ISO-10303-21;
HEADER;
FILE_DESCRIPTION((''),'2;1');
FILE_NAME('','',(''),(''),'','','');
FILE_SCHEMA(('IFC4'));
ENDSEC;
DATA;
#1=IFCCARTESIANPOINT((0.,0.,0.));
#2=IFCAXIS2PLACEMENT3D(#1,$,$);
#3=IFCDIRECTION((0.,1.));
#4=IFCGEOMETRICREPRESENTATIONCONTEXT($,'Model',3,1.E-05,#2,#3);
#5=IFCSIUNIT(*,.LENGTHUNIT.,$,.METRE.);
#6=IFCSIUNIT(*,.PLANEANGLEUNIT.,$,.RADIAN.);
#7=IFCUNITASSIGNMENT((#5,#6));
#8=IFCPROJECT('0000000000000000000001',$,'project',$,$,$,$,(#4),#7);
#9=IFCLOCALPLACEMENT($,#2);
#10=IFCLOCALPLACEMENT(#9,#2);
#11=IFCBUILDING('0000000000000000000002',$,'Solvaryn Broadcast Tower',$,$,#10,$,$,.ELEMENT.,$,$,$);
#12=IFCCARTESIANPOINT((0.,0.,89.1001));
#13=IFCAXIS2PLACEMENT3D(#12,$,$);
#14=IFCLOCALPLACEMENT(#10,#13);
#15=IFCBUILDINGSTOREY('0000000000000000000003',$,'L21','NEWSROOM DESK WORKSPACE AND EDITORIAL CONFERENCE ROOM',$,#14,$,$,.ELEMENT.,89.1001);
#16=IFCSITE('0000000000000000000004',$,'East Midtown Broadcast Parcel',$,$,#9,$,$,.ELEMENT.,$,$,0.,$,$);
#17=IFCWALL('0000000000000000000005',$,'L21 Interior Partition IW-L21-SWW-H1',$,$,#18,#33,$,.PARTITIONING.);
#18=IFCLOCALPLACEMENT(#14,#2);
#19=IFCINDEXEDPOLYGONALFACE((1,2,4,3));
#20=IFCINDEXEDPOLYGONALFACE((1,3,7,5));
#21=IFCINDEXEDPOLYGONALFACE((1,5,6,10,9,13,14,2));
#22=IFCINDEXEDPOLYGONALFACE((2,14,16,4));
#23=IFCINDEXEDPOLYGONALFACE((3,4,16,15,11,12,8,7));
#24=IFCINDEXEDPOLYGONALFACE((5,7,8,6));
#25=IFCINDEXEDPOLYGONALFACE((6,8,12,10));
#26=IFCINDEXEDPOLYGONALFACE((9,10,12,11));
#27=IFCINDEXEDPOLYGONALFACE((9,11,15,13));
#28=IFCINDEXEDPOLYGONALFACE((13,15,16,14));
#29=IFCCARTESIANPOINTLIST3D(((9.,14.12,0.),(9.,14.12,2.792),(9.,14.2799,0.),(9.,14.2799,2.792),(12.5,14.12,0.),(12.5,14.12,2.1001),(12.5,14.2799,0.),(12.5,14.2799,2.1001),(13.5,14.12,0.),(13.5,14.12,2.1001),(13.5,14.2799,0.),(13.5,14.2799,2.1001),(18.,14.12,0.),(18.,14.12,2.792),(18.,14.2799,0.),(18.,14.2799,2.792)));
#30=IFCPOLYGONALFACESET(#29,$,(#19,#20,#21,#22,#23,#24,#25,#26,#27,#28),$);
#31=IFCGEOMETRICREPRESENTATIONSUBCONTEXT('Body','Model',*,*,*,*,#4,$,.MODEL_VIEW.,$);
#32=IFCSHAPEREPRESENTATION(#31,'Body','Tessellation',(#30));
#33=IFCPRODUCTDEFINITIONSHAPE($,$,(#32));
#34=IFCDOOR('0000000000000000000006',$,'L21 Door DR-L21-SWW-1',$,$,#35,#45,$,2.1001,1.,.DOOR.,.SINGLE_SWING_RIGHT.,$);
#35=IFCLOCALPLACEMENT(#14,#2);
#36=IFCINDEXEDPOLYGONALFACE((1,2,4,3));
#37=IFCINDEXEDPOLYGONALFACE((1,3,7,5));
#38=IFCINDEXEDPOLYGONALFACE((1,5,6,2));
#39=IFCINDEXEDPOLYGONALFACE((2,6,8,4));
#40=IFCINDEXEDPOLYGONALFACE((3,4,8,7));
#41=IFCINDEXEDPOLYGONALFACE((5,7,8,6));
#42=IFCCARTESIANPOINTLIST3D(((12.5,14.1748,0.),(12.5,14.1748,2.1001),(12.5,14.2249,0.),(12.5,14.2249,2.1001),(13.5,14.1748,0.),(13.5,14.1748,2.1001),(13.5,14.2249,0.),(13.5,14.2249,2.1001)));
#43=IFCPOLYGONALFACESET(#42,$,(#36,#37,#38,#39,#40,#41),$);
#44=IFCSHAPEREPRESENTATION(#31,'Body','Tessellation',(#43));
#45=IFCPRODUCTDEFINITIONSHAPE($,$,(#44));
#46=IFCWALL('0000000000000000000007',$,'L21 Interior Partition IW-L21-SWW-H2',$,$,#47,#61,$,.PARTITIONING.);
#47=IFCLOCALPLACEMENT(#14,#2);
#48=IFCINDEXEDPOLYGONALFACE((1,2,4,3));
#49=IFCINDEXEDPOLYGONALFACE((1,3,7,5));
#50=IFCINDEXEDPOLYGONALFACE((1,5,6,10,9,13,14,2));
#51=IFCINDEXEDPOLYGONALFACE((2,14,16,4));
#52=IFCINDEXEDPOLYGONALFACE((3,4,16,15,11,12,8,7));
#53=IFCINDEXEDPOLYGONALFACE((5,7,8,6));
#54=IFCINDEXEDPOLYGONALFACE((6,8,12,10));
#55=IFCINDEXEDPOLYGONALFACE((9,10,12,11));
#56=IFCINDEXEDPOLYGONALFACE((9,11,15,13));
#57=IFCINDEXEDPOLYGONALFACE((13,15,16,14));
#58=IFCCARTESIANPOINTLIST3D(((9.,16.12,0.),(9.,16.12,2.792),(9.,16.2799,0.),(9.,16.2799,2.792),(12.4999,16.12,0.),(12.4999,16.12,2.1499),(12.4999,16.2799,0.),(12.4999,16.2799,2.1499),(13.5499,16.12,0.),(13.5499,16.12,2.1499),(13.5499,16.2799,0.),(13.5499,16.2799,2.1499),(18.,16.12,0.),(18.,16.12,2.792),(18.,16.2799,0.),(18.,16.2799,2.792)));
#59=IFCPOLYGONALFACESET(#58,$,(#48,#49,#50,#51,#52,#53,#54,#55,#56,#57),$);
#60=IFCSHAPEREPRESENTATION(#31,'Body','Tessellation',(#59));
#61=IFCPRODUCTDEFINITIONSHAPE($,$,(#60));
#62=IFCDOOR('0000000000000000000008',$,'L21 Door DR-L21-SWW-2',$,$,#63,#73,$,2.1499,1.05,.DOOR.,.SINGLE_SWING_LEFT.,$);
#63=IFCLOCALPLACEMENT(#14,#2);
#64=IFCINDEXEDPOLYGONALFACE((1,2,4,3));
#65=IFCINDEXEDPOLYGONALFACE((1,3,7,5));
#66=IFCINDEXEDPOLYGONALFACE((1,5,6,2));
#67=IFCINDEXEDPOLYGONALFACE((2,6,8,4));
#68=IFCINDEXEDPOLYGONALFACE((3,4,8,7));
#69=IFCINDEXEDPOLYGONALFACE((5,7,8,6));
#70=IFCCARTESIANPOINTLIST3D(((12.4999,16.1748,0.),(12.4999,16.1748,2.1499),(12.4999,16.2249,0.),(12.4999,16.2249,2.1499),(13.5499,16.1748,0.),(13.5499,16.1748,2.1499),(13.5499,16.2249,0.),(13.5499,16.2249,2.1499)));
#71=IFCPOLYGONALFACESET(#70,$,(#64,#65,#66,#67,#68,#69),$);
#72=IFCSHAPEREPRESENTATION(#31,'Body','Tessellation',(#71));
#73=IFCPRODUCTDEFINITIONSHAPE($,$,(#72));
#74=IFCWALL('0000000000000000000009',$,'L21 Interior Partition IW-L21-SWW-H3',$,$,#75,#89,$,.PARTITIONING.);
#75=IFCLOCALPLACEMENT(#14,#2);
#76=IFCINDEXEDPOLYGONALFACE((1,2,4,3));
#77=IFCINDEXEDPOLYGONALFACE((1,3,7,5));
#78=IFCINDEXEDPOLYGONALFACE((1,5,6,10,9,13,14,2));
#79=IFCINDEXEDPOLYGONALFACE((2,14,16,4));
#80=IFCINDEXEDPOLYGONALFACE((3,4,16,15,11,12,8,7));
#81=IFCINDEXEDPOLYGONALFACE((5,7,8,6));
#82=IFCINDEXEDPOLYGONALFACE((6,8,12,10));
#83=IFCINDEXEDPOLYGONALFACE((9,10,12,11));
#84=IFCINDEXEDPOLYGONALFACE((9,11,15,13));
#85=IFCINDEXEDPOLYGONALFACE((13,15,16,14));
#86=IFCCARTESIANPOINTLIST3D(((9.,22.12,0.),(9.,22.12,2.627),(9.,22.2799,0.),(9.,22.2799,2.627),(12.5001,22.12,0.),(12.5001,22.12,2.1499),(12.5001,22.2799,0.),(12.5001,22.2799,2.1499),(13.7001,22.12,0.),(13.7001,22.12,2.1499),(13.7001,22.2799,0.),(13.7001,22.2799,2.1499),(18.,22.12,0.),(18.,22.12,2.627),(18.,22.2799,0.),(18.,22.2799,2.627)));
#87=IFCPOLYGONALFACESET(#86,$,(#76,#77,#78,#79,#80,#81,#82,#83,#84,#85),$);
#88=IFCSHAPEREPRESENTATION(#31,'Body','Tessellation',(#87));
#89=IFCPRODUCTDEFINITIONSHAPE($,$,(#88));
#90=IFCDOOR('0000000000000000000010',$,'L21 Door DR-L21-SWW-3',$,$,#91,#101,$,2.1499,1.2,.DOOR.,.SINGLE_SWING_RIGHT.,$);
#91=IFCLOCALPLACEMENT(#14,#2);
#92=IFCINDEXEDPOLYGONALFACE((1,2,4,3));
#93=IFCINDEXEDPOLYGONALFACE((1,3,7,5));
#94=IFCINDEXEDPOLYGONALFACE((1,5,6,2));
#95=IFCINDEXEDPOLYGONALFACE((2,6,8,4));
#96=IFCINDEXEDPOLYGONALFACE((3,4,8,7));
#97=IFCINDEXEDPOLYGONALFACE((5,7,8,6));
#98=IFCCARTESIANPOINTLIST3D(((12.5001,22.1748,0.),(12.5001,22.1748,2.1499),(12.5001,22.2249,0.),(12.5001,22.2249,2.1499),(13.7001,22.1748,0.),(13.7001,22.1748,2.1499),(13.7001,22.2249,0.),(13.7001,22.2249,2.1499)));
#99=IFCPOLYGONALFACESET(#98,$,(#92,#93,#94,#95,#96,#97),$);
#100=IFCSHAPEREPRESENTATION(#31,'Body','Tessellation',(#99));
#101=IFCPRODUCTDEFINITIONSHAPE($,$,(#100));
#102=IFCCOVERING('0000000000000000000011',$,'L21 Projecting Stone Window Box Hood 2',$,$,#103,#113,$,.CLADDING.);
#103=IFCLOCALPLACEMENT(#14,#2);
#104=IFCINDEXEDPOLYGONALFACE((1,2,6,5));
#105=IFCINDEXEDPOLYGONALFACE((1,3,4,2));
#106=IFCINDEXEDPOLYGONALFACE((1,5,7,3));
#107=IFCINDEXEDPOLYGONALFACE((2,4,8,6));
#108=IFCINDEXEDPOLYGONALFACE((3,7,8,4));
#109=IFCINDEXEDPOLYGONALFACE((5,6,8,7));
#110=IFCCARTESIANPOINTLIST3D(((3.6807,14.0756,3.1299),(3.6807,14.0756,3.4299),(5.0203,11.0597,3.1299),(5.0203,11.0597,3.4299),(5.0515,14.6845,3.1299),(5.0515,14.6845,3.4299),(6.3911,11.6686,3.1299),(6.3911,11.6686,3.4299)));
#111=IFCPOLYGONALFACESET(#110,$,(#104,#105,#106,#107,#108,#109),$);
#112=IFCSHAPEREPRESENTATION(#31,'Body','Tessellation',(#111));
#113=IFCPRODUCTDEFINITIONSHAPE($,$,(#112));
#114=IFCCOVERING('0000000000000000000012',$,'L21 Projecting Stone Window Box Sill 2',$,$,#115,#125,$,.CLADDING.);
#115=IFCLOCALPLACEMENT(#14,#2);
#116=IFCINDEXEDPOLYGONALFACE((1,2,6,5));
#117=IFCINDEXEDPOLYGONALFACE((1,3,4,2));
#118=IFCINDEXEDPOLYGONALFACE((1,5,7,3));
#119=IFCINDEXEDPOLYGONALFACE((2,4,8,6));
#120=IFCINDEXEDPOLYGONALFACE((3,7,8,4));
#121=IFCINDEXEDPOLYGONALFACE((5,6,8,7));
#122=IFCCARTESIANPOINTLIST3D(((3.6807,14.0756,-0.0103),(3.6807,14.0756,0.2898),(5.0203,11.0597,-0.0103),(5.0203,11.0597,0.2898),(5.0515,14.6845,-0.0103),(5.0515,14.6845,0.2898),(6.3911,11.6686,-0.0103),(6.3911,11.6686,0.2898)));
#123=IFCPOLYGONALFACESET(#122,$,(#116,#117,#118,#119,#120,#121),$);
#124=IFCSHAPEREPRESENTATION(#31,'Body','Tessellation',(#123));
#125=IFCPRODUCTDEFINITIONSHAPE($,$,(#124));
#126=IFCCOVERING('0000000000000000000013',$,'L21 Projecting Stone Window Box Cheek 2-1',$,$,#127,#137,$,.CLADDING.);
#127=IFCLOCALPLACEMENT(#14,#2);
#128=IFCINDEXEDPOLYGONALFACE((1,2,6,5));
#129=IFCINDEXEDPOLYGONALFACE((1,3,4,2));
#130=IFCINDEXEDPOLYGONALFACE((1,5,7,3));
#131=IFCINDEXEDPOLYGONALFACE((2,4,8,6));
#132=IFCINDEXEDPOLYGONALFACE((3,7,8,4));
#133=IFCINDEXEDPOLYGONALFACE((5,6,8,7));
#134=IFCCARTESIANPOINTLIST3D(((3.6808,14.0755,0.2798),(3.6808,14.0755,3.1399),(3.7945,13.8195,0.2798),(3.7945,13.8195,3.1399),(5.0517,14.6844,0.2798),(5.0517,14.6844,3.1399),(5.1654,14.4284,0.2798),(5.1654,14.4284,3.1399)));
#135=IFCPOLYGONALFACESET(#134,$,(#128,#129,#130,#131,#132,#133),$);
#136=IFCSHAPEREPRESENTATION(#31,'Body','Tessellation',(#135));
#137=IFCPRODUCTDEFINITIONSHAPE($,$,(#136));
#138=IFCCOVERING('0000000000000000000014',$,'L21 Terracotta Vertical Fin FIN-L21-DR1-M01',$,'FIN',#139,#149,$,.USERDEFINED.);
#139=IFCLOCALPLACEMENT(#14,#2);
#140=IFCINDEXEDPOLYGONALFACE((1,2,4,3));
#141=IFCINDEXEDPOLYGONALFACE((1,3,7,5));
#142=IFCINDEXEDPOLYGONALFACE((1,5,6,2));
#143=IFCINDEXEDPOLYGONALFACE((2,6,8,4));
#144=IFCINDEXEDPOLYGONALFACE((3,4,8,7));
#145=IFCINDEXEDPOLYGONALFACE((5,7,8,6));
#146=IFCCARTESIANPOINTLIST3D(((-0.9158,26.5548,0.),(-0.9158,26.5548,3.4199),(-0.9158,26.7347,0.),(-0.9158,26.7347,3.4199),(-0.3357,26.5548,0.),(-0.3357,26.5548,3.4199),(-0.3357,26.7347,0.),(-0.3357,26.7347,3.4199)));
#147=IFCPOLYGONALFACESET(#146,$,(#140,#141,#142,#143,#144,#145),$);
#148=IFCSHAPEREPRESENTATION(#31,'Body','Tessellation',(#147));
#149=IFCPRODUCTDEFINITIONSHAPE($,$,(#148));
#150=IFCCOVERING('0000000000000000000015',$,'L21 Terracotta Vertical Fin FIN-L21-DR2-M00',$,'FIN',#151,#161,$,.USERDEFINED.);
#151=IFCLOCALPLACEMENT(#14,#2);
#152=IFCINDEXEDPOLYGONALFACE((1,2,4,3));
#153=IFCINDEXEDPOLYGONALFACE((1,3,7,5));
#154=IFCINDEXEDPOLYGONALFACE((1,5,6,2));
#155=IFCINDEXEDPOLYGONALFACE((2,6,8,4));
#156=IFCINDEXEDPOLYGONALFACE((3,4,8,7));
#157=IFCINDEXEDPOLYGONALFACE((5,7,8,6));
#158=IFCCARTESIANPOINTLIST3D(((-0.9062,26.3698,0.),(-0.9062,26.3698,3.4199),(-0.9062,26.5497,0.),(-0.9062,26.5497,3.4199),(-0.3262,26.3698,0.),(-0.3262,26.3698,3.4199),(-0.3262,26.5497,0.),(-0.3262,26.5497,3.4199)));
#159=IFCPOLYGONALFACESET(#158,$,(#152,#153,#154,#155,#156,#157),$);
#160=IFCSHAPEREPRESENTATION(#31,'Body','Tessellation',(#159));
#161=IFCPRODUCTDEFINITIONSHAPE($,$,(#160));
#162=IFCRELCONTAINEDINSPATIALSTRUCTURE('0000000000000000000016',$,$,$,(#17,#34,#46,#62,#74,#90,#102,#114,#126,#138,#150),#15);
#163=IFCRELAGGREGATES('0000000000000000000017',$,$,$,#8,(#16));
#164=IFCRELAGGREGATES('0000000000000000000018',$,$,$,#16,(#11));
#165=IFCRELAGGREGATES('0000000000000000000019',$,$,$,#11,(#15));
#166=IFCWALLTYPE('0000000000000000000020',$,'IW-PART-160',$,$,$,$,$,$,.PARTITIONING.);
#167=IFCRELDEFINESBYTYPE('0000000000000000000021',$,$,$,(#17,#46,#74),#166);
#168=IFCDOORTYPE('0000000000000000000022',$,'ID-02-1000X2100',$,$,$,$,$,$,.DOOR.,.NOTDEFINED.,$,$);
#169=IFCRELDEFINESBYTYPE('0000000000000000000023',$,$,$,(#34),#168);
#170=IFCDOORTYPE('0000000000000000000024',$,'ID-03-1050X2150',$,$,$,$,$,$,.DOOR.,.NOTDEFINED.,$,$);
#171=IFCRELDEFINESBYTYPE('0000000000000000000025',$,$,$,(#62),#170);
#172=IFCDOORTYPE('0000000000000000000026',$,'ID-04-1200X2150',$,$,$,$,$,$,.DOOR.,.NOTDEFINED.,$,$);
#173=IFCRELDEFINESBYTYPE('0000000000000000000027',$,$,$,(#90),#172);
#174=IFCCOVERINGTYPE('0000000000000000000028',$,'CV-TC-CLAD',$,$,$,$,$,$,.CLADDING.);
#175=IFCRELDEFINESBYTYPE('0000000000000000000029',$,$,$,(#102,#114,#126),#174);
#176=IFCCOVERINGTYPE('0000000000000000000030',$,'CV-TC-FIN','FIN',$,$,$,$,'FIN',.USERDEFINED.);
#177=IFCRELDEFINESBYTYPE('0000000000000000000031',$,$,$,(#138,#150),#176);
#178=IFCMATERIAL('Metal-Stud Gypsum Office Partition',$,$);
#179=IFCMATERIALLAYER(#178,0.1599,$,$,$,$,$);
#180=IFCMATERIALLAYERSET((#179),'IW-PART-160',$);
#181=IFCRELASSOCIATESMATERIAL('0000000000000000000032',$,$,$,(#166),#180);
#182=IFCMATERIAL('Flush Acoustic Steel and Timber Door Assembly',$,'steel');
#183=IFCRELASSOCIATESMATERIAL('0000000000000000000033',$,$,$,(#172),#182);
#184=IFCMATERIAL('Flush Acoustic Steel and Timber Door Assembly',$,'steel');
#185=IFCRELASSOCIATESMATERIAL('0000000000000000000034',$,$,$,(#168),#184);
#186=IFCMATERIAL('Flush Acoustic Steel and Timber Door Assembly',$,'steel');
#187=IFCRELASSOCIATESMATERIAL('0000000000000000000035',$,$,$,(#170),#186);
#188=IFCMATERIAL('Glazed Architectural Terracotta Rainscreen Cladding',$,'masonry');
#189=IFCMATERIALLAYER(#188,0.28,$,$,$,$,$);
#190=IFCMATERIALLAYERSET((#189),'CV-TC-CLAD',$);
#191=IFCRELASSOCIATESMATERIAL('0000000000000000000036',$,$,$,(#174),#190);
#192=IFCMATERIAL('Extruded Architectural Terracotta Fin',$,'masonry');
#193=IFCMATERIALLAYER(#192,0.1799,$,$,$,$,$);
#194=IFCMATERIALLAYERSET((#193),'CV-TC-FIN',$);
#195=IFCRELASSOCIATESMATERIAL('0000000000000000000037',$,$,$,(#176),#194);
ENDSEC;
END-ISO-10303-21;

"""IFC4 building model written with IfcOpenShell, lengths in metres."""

from ifc_helpers import new_model, si_unit, direction, frame, frame_2d, origin, origin_2d, place, context, subcontext, project, spatial, rectangle, extrude, material, layer, layer_set, type_object, element, fill, save


model = new_model("IFC4")

# Units and contexts
model_context = context("Model", 3, precision=1e-05, world=origin(), true_north=direction((0.0, 1.0)))
body_context = subcontext(model_context, "Body", "Model", "MODEL_VIEW")
ifc_project = project(units=[si_unit("LENGTHUNIT", "METRE"), si_unit("PLANEANGLEUNIT", "RADIAN")], contexts=[model_context])

# Site, building, storey
site_placement = place(None, origin())
site = spatial("IfcSite", under=ifc_project, at=site_placement, Name="East Midtown Broadcast Parcel", CompositionType="ELEMENT", RefElevation=0.0)
building_placement = place(site_placement, origin())
building = spatial("IfcBuilding", under=site, at=building_placement, Name="Solvaryn Broadcast Tower", CompositionType="ELEMENT")
storey_placement = place(building_placement, frame((0.0, 0.0, 89.1001)))
storey = spatial("IfcBuildingStorey", under=building, at=storey_placement, Name="L21", Description="NEWSROOM DESK WORKSPACE AND EDITORIAL CONFERENCE ROOM", CompositionType="ELEMENT", Elevation=89.1001)

# Shared definitions
ifc_material_1 = material(Name="Metal-Stud Gypsum Office Partition")
ifc_layer_1 = layer(ifc_material_1, 0.1599)
ifc_layer_set_1 = layer_set([ifc_layer_1], Name="IW-PART-160")
wall_type = type_object("IfcWallType", Name="IW-PART-160", PredefinedType="PARTITIONING", material=ifc_layer_set_1)
ifc_material_2 = material(Name="Flush Acoustic Steel and Timber Door Assembly", Category="steel")
door_type_1 = type_object("IfcDoorType", Name="ID-04-1200X2150", OperationType="NOTDEFINED", PredefinedType="DOOR", material=ifc_material_2)

# Walls, openings, doors
wall_1_placement = place(storey_placement, frame((9.0, 14.2, 0.0), z_axis=(0.0, 0.0, 1.0), x_axis=(1.0, 0.0, 0.0)))
wall_1 = element("IfcWall", 1, at=wall_1_placement, inside=storey, type_object=wall_type, Name="L21 Interior Partition IW-L21-SWW-H1", PredefinedType="PARTITIONING", context=body_context, shape_type="SweptSolid", body=[
    extrude(rectangle(XDim=9.0, YDim=0.1599, at=frame_2d((4.5, 0.0))), origin(), (0.0, 0.0, 1.0), 2.792),
])
opening_1_placement = place(wall_1_placement, frame((3.5, 0.0, 0.0)))
opening_1 = element("IfcOpeningElement", 2, at=opening_1_placement, cuts=wall_1, PredefinedType="OPENING", context=body_context, shape_type="SweptSolid", body=[
    extrude(rectangle(XDim=1.0, YDim=2.1001, at=frame_2d((0.5, 1.05))), frame((0.0, 0.0901, 0.0), z_axis=(0.0, -1.0, 0.0), x_axis=(1.0, 0.0, 0.0)), (0.0, 0.0, 1.0), 0.1799),
])
ifc_material_3 = material(Name="Flush Acoustic Steel and Timber Door Assembly", Category="steel")
door_type_2 = type_object("IfcDoorType", Name="ID-02-1000X2100", OperationType="NOTDEFINED", PredefinedType="DOOR", material=ifc_material_3)
door_1_placement = place(opening_1_placement, origin())
door_1 = element("IfcDoor", 3, at=door_1_placement, inside=storey, type_object=door_type_2, Name="L21 Door DR-L21-SWW-1", OperationType="SINGLE_SWING_RIGHT", OverallHeight=2.1001, OverallWidth=1.0, PredefinedType="DOOR", context=body_context, shape_type="SweptSolid", body=[
    extrude(rectangle(XDim=1.0, YDim=2.1001, at=frame_2d((0.5, 1.05))), frame((0.0, 0.0249, 0.0), z_axis=(0.0, -1.0, 0.0), x_axis=(1.0, 0.0, 0.0)), (0.0, 0.0, 1.0), 0.05),
])
fill(opening_1, door_1)
wall_2_placement = place(storey_placement, frame((9.0, 16.2, 0.0), z_axis=(0.0, 0.0, 1.0), x_axis=(1.0, 0.0, 0.0)))
wall_2 = element("IfcWall", 4, at=wall_2_placement, inside=storey, type_object=wall_type, Name="L21 Interior Partition IW-L21-SWW-H2", PredefinedType="PARTITIONING", context=body_context, shape_type="SweptSolid", body=[
    extrude(rectangle(XDim=9.0, YDim=0.1599, at=frame_2d((4.5, 0.0))), origin(), (0.0, 0.0, 1.0), 2.792),
])
opening_2_placement = place(wall_2_placement, frame((3.5, 0.0, 0.0)))
opening_2 = element("IfcOpeningElement", 5, at=opening_2_placement, cuts=wall_2, PredefinedType="OPENING", context=body_context, shape_type="SweptSolid", body=[
    extrude(rectangle(XDim=1.05, YDim=2.1499, at=frame_2d((0.5249, 1.075))), frame((0.0, 0.0901, 0.0), z_axis=(0.0, -1.0, 0.0), x_axis=(1.0, 0.0, 0.0)), (0.0, 0.0, 1.0), 0.1799),
])
ifc_material_4 = material(Name="Flush Acoustic Steel and Timber Door Assembly", Category="steel")
door_type_3 = type_object("IfcDoorType", Name="ID-03-1050X2150", OperationType="NOTDEFINED", PredefinedType="DOOR", material=ifc_material_4)
door_2_placement = place(opening_2_placement, origin())
door_2 = element("IfcDoor", 6, at=door_2_placement, inside=storey, type_object=door_type_3, Name="L21 Door DR-L21-SWW-2", OperationType="SINGLE_SWING_LEFT", OverallHeight=2.1499, OverallWidth=1.05, PredefinedType="DOOR", context=body_context, shape_type="SweptSolid", body=[
    extrude(rectangle(XDim=1.05, YDim=2.1499, at=frame_2d((0.5249, 1.075))), frame((0.0, 0.0249, 0.0), z_axis=(0.0, -1.0, 0.0), x_axis=(1.0, 0.0, 0.0)), (0.0, 0.0, 1.0), 0.05),
])
fill(opening_2, door_2)
wall_3_placement = place(storey_placement, frame((9.0, 22.2, 0.0), z_axis=(0.0, 0.0, 1.0), x_axis=(1.0, 0.0, 0.0)))
wall_3 = element("IfcWall", 7, at=wall_3_placement, inside=storey, type_object=wall_type, Name="L21 Interior Partition IW-L21-SWW-H3", PredefinedType="PARTITIONING", context=body_context, shape_type="SweptSolid", body=[
    extrude(rectangle(XDim=9.0, YDim=0.1599, at=frame_2d((4.5, 0.0))), origin(), (0.0, 0.0, 1.0), 2.627),
])
opening_3_placement = place(wall_3_placement, frame((3.5, 0.0, 0.0)))
opening_3 = element("IfcOpeningElement", 8, at=opening_3_placement, cuts=wall_3, PredefinedType="OPENING", context=body_context, shape_type="SweptSolid", body=[
    extrude(rectangle(XDim=1.2, YDim=2.1499, at=frame_2d((0.6001, 1.075))), frame((0.0, 0.0901, 0.0), z_axis=(0.0, -1.0, 0.0), x_axis=(1.0, 0.0, 0.0)), (0.0, 0.0, 1.0), 0.1799),
])
door_3_placement = place(opening_3_placement, origin())
door_3 = element("IfcDoor", 9, at=door_3_placement, inside=storey, type_object=door_type_1, Name="L21 Door DR-L21-SWW-3", OperationType="SINGLE_SWING_RIGHT", OverallHeight=2.1499, OverallWidth=1.2, PredefinedType="DOOR", context=body_context, shape_type="SweptSolid", body=[
    extrude(rectangle(XDim=1.2, YDim=2.1499, at=frame_2d((0.6001, 1.075))), frame((0.0, 0.0249, 0.0), z_axis=(0.0, -1.0, 0.0), x_axis=(1.0, 0.0, 0.0)), (0.0, 0.0, 1.0), 0.05),
])
fill(opening_3, door_3)

# Coverings
ifc_material_5 = material(Name="Glazed Architectural Terracotta Rainscreen Cladding", Category="masonry")
ifc_layer_2 = layer(ifc_material_5, 0.28)
ifc_layer_set_2 = layer_set([ifc_layer_2], Name="CV-TC-CLAD")
covering_type_1 = type_object("IfcCoveringType", Name="CV-TC-CLAD", PredefinedType="CLADDING", material=ifc_layer_set_2)
for number, where, z_axis, x_axis, name in (
    (10, (5.0359, 12.8721, 3.1299), (0.0, 0.0, 1.0), (0.405939, -0.9139, 0.0), "L21 Projecting Stone Window Box Hood 2"),
    (11, (5.0359, 12.8721, -0.0103), (0.0, 0.0, 1.0), (0.405939, -0.9139, 0.0), "L21 Projecting Stone Window Box Sill 2"),
):
    element("IfcCovering", number, at=place(storey_placement, frame(where, z_axis=z_axis, x_axis=x_axis)), inside=storey, type_object=covering_type_1, Name=name, PredefinedType="CLADDING", context=body_context, shape_type="SweptSolid", body=[
        extrude(rectangle(XDim=3.3, YDim=1.5, at=origin_2d()), origin(), (0.0, 0.0, 1.0), 0.3),
    ])
covering_placement = place(storey_placement, frame((4.4231, 14.252, 0.2798), z_axis=(0.0, 0.0, 1.0), x_axis=(0.405939, -0.9139, 0.0)))
element("IfcCovering", 12, at=covering_placement, inside=storey, type_object=covering_type_1, Name="L21 Projecting Stone Window Box Cheek 2-1", PredefinedType="CLADDING", context=body_context, shape_type="SweptSolid", body=[
    extrude(rectangle(XDim=0.28, YDim=1.5, at=origin_2d()), origin(), (0.0, 0.0, 1.0), 2.8601),
])
ifc_material_6 = material(Name="Extruded Architectural Terracotta Fin", Category="masonry")
ifc_layer_3 = layer(ifc_material_6, 0.1799)
ifc_layer_set_3 = layer_set([ifc_layer_3], Name="CV-TC-FIN")
covering_type_2 = type_object("IfcCoveringType", Name="CV-TC-FIN", Description="FIN", ElementType="FIN", PredefinedType="USERDEFINED", material=ifc_layer_set_3)
for number, where, z_axis, x_axis, name in (
    (13, (-0.6257, 26.6448, 0.0), (0.0, 0.0, 1.0), (1.0, 0.0, 0.0), "L21 Terracotta Vertical Fin FIN-L21-DR1-M01"),
    (14, (-0.6162, 26.4597, 0.0), (0.0, 0.0, 1.0), (1.0, 0.0, 0.0), "L21 Terracotta Vertical Fin FIN-L21-DR2-M00"),
):
    element("IfcCovering", number, at=place(storey_placement, frame(where, z_axis=z_axis, x_axis=x_axis)), inside=storey, type_object=covering_type_2, Name=name, ObjectType="FIN", PredefinedType="USERDEFINED", context=body_context, shape_type="SweptSolid", body=[
        extrude(rectangle(XDim=0.5801, YDim=0.1799, at=origin_2d()), origin(), (0.0, 0.0, 1.0), 3.4199),
    ])

save(model, "model.ifc")
